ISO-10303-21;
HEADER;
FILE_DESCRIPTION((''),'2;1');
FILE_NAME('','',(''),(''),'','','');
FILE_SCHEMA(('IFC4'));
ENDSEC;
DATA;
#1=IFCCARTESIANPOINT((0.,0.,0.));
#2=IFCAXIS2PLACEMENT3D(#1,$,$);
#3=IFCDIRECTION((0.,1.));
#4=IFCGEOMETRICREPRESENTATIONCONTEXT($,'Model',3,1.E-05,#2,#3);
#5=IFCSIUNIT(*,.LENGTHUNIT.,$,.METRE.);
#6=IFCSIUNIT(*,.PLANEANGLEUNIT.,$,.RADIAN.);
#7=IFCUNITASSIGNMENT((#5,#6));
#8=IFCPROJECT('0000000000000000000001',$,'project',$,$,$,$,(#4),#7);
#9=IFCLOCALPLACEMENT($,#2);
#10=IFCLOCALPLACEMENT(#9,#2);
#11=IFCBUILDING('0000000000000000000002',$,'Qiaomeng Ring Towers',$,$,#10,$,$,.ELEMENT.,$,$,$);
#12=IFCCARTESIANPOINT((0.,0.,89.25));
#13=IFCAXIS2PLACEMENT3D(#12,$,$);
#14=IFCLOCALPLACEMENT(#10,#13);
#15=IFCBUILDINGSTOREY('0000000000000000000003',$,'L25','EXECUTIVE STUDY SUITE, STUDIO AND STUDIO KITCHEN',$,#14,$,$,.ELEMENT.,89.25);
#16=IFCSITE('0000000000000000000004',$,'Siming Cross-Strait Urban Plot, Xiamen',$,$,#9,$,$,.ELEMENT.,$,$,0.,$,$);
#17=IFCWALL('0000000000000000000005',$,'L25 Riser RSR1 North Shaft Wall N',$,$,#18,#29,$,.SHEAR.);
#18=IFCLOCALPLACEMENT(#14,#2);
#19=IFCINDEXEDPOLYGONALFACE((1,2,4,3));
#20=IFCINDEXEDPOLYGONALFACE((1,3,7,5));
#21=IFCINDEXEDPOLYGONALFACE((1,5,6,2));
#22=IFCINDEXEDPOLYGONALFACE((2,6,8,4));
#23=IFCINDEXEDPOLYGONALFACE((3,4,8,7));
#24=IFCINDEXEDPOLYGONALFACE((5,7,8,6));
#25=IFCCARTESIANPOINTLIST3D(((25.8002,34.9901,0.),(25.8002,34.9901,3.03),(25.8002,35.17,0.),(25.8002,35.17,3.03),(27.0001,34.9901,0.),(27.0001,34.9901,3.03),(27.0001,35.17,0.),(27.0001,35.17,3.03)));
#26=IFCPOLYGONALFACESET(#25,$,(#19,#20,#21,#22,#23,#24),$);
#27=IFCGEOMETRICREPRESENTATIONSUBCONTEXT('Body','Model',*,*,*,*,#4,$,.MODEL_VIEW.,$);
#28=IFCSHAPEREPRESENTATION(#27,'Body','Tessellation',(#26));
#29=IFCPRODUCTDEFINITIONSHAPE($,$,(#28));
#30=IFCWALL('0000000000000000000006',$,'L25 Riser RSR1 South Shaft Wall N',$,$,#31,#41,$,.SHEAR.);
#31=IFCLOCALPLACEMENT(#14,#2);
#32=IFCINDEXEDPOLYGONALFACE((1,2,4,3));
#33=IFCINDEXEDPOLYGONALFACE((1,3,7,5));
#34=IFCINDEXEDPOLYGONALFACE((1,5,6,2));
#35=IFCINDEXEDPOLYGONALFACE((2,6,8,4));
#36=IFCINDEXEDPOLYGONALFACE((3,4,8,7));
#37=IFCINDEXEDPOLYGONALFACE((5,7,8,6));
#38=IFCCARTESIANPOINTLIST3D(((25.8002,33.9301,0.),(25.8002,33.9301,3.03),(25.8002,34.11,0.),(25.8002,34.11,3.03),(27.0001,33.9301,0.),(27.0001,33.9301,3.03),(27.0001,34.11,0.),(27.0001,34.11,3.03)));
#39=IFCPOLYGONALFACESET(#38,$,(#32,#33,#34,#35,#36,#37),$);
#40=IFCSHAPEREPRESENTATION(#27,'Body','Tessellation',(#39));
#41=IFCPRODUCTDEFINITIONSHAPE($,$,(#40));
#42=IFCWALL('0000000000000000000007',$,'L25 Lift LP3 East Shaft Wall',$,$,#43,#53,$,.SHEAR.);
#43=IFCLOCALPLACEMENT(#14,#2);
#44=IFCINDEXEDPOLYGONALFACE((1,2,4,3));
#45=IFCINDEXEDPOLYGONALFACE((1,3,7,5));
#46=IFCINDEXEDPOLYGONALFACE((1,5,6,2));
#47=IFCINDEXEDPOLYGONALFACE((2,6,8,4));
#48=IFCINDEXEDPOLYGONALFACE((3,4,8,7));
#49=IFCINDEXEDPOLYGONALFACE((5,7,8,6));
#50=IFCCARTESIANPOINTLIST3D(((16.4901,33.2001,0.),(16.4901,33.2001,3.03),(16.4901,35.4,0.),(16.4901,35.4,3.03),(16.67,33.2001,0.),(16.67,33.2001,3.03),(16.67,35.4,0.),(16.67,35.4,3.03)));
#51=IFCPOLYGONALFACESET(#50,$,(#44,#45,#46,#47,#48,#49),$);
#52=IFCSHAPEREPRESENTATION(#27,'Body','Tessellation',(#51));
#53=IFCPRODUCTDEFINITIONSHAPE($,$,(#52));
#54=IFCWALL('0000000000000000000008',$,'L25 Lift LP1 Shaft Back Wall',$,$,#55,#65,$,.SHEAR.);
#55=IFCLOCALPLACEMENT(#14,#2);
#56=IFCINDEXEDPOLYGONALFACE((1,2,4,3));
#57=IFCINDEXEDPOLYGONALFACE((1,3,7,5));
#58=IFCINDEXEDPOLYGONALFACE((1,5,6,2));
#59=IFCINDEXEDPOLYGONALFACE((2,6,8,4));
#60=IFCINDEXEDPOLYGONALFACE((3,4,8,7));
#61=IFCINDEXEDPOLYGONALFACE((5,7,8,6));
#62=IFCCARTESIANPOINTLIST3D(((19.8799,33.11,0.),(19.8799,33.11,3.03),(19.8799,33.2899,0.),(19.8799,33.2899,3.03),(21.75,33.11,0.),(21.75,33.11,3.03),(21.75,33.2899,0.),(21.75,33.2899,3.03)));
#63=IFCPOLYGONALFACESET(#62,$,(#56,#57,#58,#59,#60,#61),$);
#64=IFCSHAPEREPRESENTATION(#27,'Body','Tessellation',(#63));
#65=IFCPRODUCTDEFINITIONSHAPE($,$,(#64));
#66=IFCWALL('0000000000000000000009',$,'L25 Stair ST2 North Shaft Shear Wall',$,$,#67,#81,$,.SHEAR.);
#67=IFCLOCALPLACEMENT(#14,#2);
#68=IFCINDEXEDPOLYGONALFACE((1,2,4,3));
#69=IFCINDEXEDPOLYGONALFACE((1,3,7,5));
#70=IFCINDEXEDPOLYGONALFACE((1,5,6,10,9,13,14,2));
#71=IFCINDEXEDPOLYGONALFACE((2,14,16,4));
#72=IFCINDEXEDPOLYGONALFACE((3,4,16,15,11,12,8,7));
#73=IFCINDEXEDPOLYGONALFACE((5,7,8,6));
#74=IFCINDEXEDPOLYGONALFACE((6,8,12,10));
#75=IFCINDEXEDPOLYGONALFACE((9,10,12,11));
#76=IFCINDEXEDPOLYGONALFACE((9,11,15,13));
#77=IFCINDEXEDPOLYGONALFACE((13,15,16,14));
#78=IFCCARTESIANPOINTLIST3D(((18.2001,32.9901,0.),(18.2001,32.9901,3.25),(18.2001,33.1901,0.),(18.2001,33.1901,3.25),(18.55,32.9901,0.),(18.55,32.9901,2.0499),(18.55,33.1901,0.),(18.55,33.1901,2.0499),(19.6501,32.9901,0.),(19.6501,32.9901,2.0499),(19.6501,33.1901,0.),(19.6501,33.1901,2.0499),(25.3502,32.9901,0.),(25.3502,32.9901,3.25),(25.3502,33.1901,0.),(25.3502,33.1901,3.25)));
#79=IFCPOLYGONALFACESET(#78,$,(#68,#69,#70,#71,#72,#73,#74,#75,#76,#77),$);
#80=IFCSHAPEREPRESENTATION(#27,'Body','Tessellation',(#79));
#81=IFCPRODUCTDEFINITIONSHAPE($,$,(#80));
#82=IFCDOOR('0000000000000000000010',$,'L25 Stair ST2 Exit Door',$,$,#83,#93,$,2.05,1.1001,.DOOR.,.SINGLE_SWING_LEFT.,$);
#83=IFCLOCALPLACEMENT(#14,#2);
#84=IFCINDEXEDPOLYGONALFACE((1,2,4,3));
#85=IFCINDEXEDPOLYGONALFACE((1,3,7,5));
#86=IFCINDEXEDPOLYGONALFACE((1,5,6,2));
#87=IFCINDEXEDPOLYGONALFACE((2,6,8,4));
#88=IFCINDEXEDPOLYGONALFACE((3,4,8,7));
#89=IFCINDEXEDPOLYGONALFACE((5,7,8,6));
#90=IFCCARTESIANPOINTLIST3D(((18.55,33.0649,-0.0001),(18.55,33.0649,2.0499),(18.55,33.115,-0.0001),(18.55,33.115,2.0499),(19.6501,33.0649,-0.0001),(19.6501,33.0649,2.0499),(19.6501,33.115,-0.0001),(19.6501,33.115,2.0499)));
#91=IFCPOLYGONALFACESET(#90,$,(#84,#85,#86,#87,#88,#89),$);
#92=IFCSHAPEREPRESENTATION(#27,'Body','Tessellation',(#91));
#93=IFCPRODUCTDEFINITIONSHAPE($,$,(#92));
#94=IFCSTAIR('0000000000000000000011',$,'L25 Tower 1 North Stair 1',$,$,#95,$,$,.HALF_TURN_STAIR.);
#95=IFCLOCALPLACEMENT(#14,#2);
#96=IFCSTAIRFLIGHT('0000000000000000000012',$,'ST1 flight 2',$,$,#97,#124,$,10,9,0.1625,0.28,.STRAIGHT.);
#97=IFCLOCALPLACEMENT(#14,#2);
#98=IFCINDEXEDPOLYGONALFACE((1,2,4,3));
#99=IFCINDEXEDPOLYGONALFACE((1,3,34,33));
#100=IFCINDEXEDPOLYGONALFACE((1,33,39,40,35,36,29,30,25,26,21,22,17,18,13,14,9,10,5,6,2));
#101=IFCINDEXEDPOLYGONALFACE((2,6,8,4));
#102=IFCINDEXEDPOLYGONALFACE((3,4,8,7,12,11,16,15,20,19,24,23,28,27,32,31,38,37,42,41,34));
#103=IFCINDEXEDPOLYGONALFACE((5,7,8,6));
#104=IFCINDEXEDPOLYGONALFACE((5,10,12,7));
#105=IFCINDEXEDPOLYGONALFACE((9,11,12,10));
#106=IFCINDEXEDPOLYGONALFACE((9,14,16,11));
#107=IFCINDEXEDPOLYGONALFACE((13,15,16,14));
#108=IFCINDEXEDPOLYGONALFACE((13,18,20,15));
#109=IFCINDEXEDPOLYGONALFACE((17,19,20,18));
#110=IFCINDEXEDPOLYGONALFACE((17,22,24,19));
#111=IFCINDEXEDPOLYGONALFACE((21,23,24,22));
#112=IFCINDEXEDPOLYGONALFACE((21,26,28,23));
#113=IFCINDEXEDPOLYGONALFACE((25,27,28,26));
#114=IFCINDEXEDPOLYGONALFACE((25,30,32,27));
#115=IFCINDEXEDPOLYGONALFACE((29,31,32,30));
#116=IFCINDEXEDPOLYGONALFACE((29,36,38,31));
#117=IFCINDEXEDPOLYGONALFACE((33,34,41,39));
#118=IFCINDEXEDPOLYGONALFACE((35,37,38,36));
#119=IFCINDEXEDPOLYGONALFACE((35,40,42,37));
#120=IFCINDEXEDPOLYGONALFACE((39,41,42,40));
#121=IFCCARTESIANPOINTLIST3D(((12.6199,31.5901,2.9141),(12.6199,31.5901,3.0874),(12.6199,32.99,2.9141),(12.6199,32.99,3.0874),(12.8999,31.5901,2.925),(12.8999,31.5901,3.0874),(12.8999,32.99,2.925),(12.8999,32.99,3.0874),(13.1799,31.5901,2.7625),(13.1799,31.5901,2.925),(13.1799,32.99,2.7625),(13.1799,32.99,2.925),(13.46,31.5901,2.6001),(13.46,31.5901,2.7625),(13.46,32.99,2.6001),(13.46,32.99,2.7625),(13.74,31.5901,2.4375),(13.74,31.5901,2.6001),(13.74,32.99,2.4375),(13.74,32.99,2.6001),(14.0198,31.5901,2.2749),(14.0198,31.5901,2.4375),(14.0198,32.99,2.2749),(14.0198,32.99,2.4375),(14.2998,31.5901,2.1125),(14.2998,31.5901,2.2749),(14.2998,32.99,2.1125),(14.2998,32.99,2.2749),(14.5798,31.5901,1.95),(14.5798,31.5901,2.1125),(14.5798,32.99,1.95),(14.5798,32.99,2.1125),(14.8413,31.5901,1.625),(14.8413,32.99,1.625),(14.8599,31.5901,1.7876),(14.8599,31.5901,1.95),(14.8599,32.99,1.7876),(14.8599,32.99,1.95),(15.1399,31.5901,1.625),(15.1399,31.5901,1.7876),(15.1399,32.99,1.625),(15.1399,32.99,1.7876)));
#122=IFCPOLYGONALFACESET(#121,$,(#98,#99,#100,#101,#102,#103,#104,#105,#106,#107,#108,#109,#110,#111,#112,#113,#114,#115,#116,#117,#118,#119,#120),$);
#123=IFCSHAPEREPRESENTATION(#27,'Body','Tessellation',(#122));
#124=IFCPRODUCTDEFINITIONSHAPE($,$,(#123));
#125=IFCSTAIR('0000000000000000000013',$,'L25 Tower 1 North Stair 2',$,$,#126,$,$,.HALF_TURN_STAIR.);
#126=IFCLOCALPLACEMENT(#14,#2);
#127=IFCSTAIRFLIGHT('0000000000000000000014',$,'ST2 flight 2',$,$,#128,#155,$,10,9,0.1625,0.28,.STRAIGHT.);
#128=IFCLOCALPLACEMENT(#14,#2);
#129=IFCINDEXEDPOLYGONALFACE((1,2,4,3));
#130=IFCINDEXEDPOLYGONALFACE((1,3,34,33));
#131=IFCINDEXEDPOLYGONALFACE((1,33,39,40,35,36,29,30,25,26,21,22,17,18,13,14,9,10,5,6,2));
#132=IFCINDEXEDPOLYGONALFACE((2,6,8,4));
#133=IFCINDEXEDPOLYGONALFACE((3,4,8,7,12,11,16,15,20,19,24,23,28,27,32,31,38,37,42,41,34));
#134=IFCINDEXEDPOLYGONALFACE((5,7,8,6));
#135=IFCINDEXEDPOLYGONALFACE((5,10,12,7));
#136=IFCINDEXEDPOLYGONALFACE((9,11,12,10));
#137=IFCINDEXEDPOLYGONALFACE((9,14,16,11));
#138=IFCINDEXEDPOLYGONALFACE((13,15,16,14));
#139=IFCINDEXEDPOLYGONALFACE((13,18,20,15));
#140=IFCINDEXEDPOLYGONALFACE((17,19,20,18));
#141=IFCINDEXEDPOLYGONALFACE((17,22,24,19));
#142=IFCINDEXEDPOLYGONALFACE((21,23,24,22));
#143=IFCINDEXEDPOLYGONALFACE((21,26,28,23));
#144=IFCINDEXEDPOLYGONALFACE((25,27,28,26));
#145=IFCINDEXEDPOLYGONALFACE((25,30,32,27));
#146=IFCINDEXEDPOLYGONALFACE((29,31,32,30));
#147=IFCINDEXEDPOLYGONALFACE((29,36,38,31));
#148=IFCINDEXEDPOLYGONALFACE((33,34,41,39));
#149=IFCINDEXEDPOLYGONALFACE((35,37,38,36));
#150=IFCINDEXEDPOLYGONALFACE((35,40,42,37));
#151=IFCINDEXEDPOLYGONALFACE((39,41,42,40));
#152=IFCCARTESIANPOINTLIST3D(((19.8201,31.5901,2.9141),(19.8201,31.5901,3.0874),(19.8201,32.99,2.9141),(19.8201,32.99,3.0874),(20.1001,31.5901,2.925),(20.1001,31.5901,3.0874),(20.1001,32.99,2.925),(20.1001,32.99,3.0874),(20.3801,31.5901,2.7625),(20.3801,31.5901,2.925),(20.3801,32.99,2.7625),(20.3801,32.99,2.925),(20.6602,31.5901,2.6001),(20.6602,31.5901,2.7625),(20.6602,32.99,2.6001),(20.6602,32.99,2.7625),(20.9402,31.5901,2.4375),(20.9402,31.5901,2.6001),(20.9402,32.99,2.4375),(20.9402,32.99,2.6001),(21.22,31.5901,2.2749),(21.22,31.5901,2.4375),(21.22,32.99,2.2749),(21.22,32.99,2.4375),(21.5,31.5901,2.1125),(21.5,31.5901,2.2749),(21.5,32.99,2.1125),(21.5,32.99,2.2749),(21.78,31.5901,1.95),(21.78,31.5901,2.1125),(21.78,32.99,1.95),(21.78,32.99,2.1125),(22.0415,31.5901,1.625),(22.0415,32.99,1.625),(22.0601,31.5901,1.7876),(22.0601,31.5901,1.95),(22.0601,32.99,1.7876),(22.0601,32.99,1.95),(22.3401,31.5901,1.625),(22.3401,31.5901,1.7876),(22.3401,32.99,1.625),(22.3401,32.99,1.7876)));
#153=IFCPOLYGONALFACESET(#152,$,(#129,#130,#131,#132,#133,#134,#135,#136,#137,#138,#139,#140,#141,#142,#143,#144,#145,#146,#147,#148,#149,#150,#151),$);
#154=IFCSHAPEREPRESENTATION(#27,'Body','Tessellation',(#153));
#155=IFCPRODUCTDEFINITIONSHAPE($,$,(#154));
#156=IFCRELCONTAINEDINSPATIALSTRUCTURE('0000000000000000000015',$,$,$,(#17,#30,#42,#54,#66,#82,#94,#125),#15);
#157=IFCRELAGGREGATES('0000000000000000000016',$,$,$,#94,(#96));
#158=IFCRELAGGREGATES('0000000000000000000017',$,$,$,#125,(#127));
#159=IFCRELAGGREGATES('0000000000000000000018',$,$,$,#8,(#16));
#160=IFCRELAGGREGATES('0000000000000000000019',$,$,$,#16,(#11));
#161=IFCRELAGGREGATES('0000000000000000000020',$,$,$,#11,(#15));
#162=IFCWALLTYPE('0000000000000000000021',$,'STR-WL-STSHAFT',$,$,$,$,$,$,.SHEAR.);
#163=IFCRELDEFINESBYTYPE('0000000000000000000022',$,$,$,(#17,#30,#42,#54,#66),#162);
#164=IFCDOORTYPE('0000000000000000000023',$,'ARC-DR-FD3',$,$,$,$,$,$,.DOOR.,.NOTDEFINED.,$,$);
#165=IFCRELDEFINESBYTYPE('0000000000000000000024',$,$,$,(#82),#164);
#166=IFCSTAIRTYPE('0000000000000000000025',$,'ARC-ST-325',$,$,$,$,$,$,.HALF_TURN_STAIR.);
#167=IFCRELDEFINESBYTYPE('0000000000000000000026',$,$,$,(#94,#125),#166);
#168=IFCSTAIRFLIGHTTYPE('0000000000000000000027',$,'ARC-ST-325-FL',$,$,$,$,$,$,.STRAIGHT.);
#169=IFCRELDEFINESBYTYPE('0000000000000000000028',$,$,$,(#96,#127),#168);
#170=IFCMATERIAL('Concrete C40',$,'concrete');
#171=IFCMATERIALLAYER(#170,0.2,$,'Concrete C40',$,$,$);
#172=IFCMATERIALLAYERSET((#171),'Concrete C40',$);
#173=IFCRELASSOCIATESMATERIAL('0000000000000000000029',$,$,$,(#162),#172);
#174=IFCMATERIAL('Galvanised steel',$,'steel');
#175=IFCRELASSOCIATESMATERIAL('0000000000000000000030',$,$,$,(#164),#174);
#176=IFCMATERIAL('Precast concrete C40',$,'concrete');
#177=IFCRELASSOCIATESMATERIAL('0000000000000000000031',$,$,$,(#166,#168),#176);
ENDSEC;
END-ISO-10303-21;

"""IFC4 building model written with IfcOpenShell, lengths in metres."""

from ifc_helpers import new_model, si_unit, direction, frame, frame_2d, origin, place, context, subcontext, project, spatial, polyline, rectangle, outline, extrude, source, transform, mapped, material, layer, layer_set, type_object, element, fill, aggregate, save


model = new_model("IFC4")

# Units and contexts
model_context = context("Model", 3, precision=1e-05, world=origin(), true_north=direction((0.0, 1.0)))
body_context = subcontext(model_context, "Body", "Model", "MODEL_VIEW")
ifc_project = project(units=[si_unit("LENGTHUNIT", "METRE"), si_unit("PLANEANGLEUNIT", "RADIAN")], contexts=[model_context])

# Site, building, storey
site_placement = place(None, origin())
site = spatial("IfcSite", under=ifc_project, at=site_placement, Name="Siming Cross-Strait Urban Plot, Xiamen", CompositionType="ELEMENT", RefElevation=0.0)
building_placement = place(site_placement, origin())
building = spatial("IfcBuilding", under=site, at=building_placement, Name="Qiaomeng Ring Towers", CompositionType="ELEMENT")
storey_placement = place(building_placement, frame((0.0, 0.0, 89.25)))
storey = spatial("IfcBuildingStorey", under=building, at=storey_placement, Name="L25", Description="EXECUTIVE STUDY SUITE, STUDIO AND STUDIO KITCHEN", CompositionType="ELEMENT", Elevation=89.25)

# Walls
ifc_material_1 = material(Name="Concrete C40", Category="concrete")
ifc_layer_1 = layer(ifc_material_1, 0.2, Name="Concrete C40")
ifc_layer_set_1 = layer_set([ifc_layer_1], Name="Concrete C40")
wall_type_1 = type_object("IfcWallType", Name="STR-WL-STSHAFT", PredefinedType="SHEAR", material=ifc_layer_set_1)
for number, where, z_axis, x_axis, name in (
    (1, (25.8, 35.0801, 0.0), (0.0, 0.0, 1.0), (1.0, 0.0, 0.0), "L25 Riser RSR1 North Shaft Wall N"),
    (2, (25.8, 34.02, 0.0), (0.0, 0.0, 1.0), (1.0, 0.0, 0.0), "L25 Riser RSR1 South Shaft Wall N"),
):
    element("IfcWall", number, at=place(storey_placement, frame(where, z_axis=z_axis, x_axis=x_axis)), inside=storey, type_object=wall_type_1, Name=name, PredefinedType="SHEAR", context=body_context, shape_type="SweptSolid", body=[
        extrude(rectangle(XDim=1.2, YDim=0.1799, at=frame_2d((0.6001, 0.0))), origin(), (0.0, 0.0, 1.0), 3.03),
    ])
wall_1_placement = place(storey_placement, frame((16.5801, 33.2, 0.0), z_axis=(0.0, 0.0, 1.0), x_axis=(0.0, 1.0, 0.0)))
element("IfcWall", 3, at=wall_1_placement, inside=storey, type_object=wall_type_1, Name="L25 Lift LP3 East Shaft Wall", PredefinedType="SHEAR", context=body_context, shape_type="SweptSolid", body=[
    extrude(rectangle(XDim=2.2, YDim=0.1799, at=frame_2d((1.1001, 0.0))), origin(), (0.0, 0.0, 1.0), 3.03),
])
wall_2_placement = place(storey_placement, frame((19.8799, 33.2, 0.0), z_axis=(0.0, 0.0, 1.0), x_axis=(1.0, 0.0, 0.0)))
element("IfcWall", 4, at=wall_2_placement, inside=storey, type_object=wall_type_1, Name="L25 Lift LP1 Shaft Back Wall", PredefinedType="SHEAR", context=body_context, shape_type="SweptSolid", body=[
    extrude(rectangle(XDim=1.8701, YDim=0.1799, at=frame_2d((0.9351, 0.0))), origin(), (0.0, 0.0, 1.0), 3.03),
])

# Wall, opening, door
wall_3_placement = place(storey_placement, frame((18.2, 33.0901, 0.0), z_axis=(0.0, 0.0, 1.0), x_axis=(1.0, 0.0, 0.0)))
wall_3 = element("IfcWall", 5, at=wall_3_placement, inside=storey, type_object=wall_type_1, Name="L25 Stair ST2 North Shaft Shear Wall", PredefinedType="SHEAR", context=body_context, shape_type="SweptSolid", body=[
    extrude(rectangle(XDim=7.1501, YDim=0.2, at=frame_2d((3.5752, 0.0))), origin(), (0.0, 0.0, 1.0), 3.25),
])
opening_placement = place(wall_3_placement, frame((0.3501, 0.0, 0.0)))
opening = element("IfcOpeningElement", 6, at=opening_placement, cuts=wall_3, PredefinedType="OPENING", context=body_context, shape_type="SweptSolid", body=[
    extrude(rectangle(XDim=1.1001, YDim=2.05, at=frame_2d((0.55, 1.0249))), frame((0.0, 0.1099, 0.0), z_axis=(0.0, -1.0, 0.0), x_axis=(1.0, 0.0, 0.0)), (0.0, 0.0, 1.0), 0.22),
])
ifc_material_2 = material(Name="Galvanised steel", Category="steel")
door_type = type_object("IfcDoorType", Name="ARC-DR-FD3", OperationType="NOTDEFINED", PredefinedType="DOOR", material=ifc_material_2)
shared_shape_1 = source(origin(), body_context, "Body", "SweptSolid", [
    extrude(rectangle(XDim=1.1001, YDim=2.05, at=frame_2d((0.55, 1.0249))), frame((0.0, 0.0249, 0.0), z_axis=(0.0, -1.0, 0.0), x_axis=(1.0, 0.0, 0.0)), (0.0, 0.0, 1.0), 0.05),
])
door_placement = place(opening_placement, origin())
door = element("IfcDoor", 7, at=door_placement, inside=storey, type_object=door_type, Name="L25 Stair ST2 Exit Door", OperationType="SINGLE_SWING_LEFT", OverallHeight=2.05, OverallWidth=1.1001, PredefinedType="DOOR", context=body_context, shape_type="MappedRepresentation", body=[
    mapped(shared_shape_1, transform((0.0, 0.0, 0.0), x_axis=(1.0, 0.0, 0.0), y_axis=(0.0, 1.0, 0.0), z_axis=(0.0, 0.0, 1.0), scale=1.0)),
])
fill(opening, door)

# Stairs, stair flights
ifc_material_3 = material(Name="Precast concrete C40", Category="concrete")
stair_type = type_object("IfcStairType", Name="ARC-ST-325", PredefinedType="HALF_TURN_STAIR", material=ifc_material_3)
stair_1_placement = place(storey_placement, origin())
stair_1 = element("IfcStair", 8, at=stair_1_placement, inside=storey, type_object=stair_type, Name="L25 Tower 1 North Stair 1", PredefinedType="HALF_TURN_STAIR")
stair_flight_type = type_object("IfcStairFlightType", Name="ARC-ST-325-FL", PredefinedType="STRAIGHT", material=ifc_material_3)
shared_shape_2 = source(origin(), body_context, "Body", "SweptSolid", [
    extrude(outline(polyline([(0.0, 0.0), (0.0, 0.1626), (0.28, 0.1626), (0.28, 0.325), (0.5601, 0.325), (0.5601, 0.4875), (0.8401, 0.4875), (0.8401, 0.6499), (1.1201, 0.6499), (1.1201, 0.8125), (1.3999, 0.8125), (1.3999, 0.9751), (1.6799, 0.9751), (1.6799, 1.1375), (1.96, 1.1375), (1.96, 1.3), (2.24, 1.3), (2.24, 1.4624), (2.52, 1.4624), (2.52, 1.625), (2.52, 1.2891), (0.2986, 0.0), (0.0, 0.0)])), frame((0.0, 0.7, 0.0), z_axis=(0.0, -1.0, 0.0), x_axis=(1.0, 0.0, 0.0)), (0.0, 0.0, 1.0), 1.3999),
])
stair_flight_1_placement = place(storey_placement, frame((15.1399, 32.29, 1.625), z_axis=(0.0, 0.0, 1.0), x_axis=(-1.0, 0.0, 0.0)))
stair_flight_1 = element("IfcStairFlight", 9, at=stair_flight_1_placement, type_object=stair_flight_type, Name="ST1 flight 2", NumberOfRisers=10, NumberOfTreads=9, PredefinedType="STRAIGHT", RiserHeight=0.1625, TreadLength=0.28, context=body_context, shape_type="MappedRepresentation", body=[
    mapped(shared_shape_2, transform((0.0, 0.0, 0.0), x_axis=(1.0, 0.0, 0.0), y_axis=(0.0, 1.0, 0.0), z_axis=(0.0, 0.0, 1.0), scale=1.0)),
])
aggregate(stair_1, [stair_flight_1])
stair_2_placement = place(storey_placement, origin())
stair_2 = element("IfcStair", 10, at=stair_2_placement, inside=storey, type_object=stair_type, Name="L25 Tower 1 North Stair 2", PredefinedType="HALF_TURN_STAIR")
stair_flight_2_placement = place(storey_placement, frame((22.3401, 32.29, 1.625), z_axis=(0.0, 0.0, 1.0), x_axis=(-1.0, 0.0, 0.0)))
stair_flight_2 = element("IfcStairFlight", 11, at=stair_flight_2_placement, type_object=stair_flight_type, Name="ST2 flight 2", NumberOfRisers=10, NumberOfTreads=9, PredefinedType="STRAIGHT", RiserHeight=0.1625, TreadLength=0.28, context=body_context, shape_type="MappedRepresentation", body=[
    mapped(shared_shape_2, transform((0.0, 0.0, 0.0), x_axis=(1.0, 0.0, 0.0), y_axis=(0.0, 1.0, 0.0), z_axis=(0.0, 0.0, 1.0), scale=1.0)),
])
aggregate(stair_2, [stair_flight_2])

save(model, "model.ifc")
